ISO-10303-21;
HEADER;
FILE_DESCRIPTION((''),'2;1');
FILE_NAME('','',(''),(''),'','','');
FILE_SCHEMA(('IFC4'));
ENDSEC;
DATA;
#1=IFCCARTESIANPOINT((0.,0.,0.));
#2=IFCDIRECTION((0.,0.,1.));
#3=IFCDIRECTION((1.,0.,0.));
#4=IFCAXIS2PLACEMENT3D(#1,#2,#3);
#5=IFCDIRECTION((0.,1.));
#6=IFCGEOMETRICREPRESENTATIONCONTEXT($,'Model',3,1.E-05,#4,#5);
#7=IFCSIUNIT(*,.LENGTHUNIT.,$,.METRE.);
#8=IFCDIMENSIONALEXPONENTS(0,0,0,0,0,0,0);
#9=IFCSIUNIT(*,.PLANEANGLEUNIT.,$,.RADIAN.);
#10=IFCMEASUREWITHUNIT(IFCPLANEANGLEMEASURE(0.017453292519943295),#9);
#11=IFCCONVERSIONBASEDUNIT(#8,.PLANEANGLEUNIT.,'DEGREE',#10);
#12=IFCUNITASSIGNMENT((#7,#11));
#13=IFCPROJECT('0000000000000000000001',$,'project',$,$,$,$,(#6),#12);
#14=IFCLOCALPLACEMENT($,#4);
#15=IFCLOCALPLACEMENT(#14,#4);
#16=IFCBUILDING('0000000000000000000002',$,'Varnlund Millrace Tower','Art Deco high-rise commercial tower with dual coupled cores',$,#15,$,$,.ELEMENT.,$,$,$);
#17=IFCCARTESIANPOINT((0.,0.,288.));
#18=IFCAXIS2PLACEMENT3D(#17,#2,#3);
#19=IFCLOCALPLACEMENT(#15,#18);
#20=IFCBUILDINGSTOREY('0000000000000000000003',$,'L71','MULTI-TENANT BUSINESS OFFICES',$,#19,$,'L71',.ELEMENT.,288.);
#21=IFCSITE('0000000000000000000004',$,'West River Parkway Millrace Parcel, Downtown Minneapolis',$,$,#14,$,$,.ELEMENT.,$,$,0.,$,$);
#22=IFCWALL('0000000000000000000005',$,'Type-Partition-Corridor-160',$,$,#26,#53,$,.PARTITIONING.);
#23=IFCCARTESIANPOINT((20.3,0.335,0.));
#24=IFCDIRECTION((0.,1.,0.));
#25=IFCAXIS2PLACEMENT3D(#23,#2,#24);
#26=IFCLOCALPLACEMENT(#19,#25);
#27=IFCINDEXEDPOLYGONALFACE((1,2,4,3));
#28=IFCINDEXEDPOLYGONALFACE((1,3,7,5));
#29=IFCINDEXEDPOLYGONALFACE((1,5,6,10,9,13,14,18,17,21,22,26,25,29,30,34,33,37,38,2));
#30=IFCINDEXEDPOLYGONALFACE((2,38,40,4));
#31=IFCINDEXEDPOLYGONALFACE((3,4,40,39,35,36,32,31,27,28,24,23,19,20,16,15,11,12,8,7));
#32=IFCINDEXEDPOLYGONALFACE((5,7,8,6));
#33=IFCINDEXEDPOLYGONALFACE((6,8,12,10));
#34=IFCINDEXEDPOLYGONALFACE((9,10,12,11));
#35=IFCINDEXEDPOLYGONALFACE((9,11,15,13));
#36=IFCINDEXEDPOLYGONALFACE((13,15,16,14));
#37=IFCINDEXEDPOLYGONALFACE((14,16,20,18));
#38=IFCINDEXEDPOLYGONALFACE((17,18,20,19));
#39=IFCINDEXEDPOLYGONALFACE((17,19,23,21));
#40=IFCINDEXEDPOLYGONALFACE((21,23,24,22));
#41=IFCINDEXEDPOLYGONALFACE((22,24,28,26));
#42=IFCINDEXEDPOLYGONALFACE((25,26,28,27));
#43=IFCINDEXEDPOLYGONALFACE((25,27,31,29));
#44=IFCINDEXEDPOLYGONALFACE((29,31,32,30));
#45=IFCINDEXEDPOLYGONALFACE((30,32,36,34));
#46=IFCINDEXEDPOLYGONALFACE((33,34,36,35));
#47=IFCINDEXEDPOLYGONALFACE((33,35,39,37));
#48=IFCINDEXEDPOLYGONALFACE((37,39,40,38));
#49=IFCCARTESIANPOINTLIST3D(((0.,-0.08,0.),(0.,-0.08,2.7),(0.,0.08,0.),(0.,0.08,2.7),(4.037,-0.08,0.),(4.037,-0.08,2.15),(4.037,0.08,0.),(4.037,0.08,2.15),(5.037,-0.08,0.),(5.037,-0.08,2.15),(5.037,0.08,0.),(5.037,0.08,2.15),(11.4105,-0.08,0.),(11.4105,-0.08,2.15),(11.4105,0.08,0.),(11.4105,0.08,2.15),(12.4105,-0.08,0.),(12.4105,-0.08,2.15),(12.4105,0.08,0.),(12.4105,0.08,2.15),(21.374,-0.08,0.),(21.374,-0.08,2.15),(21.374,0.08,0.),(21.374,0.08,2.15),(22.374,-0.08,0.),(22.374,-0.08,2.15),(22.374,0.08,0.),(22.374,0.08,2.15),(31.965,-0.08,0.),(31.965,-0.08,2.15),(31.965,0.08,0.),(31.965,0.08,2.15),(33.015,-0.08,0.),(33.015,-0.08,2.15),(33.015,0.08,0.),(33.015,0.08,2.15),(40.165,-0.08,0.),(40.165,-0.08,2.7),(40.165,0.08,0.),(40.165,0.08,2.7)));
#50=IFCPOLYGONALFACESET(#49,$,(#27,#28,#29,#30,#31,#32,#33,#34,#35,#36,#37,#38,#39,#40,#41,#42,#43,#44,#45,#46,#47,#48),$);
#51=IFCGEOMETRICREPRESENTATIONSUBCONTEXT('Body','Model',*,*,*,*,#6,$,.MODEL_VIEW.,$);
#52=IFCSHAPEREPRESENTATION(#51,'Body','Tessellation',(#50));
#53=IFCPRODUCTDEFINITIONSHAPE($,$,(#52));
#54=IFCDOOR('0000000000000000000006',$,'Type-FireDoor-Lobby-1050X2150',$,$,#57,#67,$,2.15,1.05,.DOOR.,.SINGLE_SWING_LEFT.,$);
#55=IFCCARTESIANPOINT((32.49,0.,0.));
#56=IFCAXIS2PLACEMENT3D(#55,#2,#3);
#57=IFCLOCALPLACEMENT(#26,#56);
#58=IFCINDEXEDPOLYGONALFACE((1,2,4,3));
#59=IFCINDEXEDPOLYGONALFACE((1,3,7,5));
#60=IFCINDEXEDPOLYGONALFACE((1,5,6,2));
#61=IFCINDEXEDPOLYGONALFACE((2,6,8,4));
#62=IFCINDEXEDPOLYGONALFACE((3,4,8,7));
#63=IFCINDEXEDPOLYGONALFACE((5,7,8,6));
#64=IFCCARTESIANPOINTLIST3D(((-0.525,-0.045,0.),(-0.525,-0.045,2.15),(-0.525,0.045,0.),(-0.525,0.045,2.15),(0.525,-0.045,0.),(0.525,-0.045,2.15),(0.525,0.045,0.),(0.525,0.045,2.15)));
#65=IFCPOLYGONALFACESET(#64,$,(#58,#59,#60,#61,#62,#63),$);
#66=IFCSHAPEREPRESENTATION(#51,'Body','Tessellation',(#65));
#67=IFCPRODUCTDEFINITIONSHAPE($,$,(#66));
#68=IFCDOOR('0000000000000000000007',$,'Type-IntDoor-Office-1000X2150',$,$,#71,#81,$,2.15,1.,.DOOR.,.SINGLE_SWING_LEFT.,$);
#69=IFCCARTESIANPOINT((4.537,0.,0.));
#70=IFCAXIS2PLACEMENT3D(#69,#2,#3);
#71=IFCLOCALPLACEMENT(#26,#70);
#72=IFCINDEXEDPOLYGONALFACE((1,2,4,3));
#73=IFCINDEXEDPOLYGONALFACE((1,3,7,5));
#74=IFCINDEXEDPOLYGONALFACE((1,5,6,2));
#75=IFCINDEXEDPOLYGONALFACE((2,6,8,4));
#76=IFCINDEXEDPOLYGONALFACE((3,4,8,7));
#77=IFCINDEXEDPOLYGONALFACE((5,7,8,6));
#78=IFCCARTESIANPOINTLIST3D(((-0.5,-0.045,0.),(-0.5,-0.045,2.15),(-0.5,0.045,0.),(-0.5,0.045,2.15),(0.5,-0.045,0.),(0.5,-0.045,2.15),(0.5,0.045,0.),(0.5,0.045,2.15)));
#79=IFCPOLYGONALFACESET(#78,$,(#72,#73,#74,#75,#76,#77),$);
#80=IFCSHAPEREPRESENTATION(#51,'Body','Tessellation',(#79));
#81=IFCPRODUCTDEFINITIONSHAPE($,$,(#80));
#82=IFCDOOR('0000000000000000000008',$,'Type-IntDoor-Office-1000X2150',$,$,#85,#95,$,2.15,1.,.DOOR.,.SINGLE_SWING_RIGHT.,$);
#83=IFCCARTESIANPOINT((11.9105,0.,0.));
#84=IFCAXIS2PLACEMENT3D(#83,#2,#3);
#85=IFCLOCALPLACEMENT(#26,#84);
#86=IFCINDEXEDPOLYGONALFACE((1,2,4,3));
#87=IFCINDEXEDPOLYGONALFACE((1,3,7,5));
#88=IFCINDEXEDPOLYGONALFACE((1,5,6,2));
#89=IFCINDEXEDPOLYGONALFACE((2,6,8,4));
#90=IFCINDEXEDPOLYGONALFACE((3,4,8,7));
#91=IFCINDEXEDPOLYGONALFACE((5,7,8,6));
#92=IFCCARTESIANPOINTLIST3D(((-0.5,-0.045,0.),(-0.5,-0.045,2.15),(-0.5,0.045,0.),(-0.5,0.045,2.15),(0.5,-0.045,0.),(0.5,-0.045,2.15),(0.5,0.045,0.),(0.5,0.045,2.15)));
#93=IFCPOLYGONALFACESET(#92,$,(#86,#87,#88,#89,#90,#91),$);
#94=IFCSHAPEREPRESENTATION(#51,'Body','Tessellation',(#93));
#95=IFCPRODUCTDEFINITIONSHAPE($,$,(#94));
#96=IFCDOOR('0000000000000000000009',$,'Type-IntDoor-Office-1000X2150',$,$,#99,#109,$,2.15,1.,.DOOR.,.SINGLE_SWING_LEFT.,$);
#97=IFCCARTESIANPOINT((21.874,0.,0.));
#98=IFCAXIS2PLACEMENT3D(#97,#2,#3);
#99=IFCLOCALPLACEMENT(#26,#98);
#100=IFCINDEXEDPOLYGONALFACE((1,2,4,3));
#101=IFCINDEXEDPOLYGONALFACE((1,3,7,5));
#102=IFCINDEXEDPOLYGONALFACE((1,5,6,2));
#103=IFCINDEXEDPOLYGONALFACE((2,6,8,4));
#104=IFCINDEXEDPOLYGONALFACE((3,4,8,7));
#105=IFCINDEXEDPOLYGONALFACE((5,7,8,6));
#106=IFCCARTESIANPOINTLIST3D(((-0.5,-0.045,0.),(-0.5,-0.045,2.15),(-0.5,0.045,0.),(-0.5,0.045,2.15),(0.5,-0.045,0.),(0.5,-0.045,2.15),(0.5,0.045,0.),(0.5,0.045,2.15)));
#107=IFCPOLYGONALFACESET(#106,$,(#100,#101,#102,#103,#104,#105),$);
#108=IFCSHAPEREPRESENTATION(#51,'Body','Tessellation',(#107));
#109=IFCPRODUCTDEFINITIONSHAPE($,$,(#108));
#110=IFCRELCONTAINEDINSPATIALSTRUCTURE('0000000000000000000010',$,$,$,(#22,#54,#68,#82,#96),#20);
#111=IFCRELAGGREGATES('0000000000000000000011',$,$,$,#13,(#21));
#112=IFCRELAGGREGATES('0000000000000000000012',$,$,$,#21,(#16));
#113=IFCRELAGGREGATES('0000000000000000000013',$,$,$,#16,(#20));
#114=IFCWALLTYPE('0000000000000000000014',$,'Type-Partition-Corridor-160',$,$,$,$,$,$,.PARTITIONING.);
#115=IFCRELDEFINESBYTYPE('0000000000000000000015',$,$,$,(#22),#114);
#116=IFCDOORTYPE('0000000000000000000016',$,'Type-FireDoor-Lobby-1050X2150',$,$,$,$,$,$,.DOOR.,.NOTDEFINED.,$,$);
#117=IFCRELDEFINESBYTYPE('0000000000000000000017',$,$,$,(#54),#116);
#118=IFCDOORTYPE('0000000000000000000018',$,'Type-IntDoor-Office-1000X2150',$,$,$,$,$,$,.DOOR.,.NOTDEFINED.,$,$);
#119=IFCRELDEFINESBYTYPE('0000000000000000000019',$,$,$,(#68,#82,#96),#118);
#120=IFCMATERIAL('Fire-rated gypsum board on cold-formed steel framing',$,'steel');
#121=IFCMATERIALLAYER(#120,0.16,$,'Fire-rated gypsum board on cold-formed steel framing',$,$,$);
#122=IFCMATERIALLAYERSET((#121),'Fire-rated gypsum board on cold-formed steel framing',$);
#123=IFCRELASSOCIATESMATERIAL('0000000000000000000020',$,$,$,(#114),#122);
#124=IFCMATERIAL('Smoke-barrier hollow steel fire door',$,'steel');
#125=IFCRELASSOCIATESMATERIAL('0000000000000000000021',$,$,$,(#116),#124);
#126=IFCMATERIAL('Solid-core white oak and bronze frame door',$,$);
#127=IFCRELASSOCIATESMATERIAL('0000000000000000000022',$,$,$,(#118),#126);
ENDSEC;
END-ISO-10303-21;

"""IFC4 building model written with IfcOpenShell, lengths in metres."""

from ifc_helpers import new_model, entity, si_unit, converted_unit, direction, frame, origin_with_axes, origin_2d_with_axis, place, context, subcontext, project, spatial, polyline, rectangle, outline, extrude, material, layer, layer_set, type_object, element, fill, save


model = new_model("IFC4")

# Units and contexts
model_context = context("Model", 3, precision=1e-05, world=origin_with_axes(), true_north=direction((0.0, 1.0)))
body_context = subcontext(model_context, "Body", "Model", "MODEL_VIEW")
ifc_project = project(units=[si_unit("LENGTHUNIT", "METRE"), converted_unit("PLANEANGLEUNIT", "DEGREE", entity("IfcPlaneAngleMeasure", 0.017453292519943295), si_unit("PLANEANGLEUNIT", "RADIAN"), dimensions=[0, 0, 0, 0, 0, 0, 0])], contexts=[model_context])

# Site, building, storey
site_placement = place(None, origin_with_axes())
site = spatial("IfcSite", under=ifc_project, at=site_placement, Name="West River Parkway Millrace Parcel, Downtown Minneapolis", CompositionType="ELEMENT", RefElevation=0.0)
building_placement = place(site_placement, origin_with_axes())
building = spatial("IfcBuilding", under=site, at=building_placement, Name="Varnlund Millrace Tower", Description="Art Deco high-rise commercial tower with dual coupled cores", CompositionType="ELEMENT")
storey_placement = place(building_placement, frame((0.0, 0.0, 288.0), z_axis=(0.0, 0.0, 1.0), x_axis=(1.0, 0.0, 0.0)))
storey = spatial("IfcBuildingStorey", under=building, at=storey_placement, Name="L71", Description="MULTI-TENANT BUSINESS OFFICES", LongName="L71", CompositionType="ELEMENT", Elevation=288.0)

# Shared definitions
ifc_material_1 = material(Name="Fire-rated gypsum board on cold-formed steel framing", Category="steel")
ifc_layer_1 = layer(ifc_material_1, 0.16, Name="Fire-rated gypsum board on cold-formed steel framing")
ifc_layer_set_1 = layer_set([ifc_layer_1], Name="Fire-rated gypsum board on cold-formed steel framing")
wall_type_1 = type_object("IfcWallType", Name="Type-Partition-Corridor-160", PredefinedType="PARTITIONING", material=ifc_layer_set_1)

# Wall, openings, doors
wall_1_placement = place(storey_placement, frame((20.3, 0.335, 0.0), z_axis=(0.0, 0.0, 1.0), x_axis=(0.0, 1.0, 0.0)))
wall_1 = element("IfcWall", 1, at=wall_1_placement, inside=storey, type_object=wall_type_1, Name="Type-Partition-Corridor-160", PredefinedType="PARTITIONING", context=body_context, shape_type="SweptSolid", body=[
    extrude(outline(polyline([(0.0, -0.08), (40.165, -0.08), (40.165, 0.08), (0.0, 0.08), (0.0, -0.08)])), origin_with_axes(), (0.0, 0.0, 1.0), 2.7),
])
opening_1_placement = place(wall_1_placement, frame((32.49, 0.0, 0.0), z_axis=(0.0, 0.0, 1.0), x_axis=(1.0, 0.0, 0.0)))
opening_1 = element("IfcOpeningElement", 2, at=opening_1_placement, cuts=wall_1, PredefinedType="OPENING", context=body_context, shape_type="SweptSolid", body=[
    extrude(rectangle(XDim=1.05, YDim=0.18, at=origin_2d_with_axis()), origin_with_axes(), (0.0, 0.0, 1.0), 2.15),
])
opening_2_placement = place(wall_1_placement, frame((4.537, 0.0, 0.0), z_axis=(0.0, 0.0, 1.0), x_axis=(1.0, 0.0, 0.0)))
opening_2 = element("IfcOpeningElement", 3, at=opening_2_placement, cuts=wall_1, PredefinedType="OPENING", context=body_context, shape_type="SweptSolid", body=[
    extrude(rectangle(XDim=1.0, YDim=0.18, at=origin_2d_with_axis()), origin_with_axes(), (0.0, 0.0, 1.0), 2.15),
])
opening_3_placement = place(wall_1_placement, frame((11.9105, 0.0, 0.0), z_axis=(0.0, 0.0, 1.0), x_axis=(1.0, 0.0, 0.0)))
opening_3 = element("IfcOpeningElement", 4, at=opening_3_placement, cuts=wall_1, PredefinedType="OPENING", context=body_context, shape_type="SweptSolid", body=[
    extrude(rectangle(XDim=1.0, YDim=0.18, at=origin_2d_with_axis()), origin_with_axes(), (0.0, 0.0, 1.0), 2.15),
])
opening_4_placement = place(wall_1_placement, frame((21.874, 0.0, 0.0), z_axis=(0.0, 0.0, 1.0), x_axis=(1.0, 0.0, 0.0)))
opening_4 = element("IfcOpeningElement", 5, at=opening_4_placement, cuts=wall_1, PredefinedType="OPENING", context=body_context, shape_type="SweptSolid", body=[
    extrude(rectangle(XDim=1.0, YDim=0.18, at=origin_2d_with_axis()), origin_with_axes(), (0.0, 0.0, 1.0), 2.15),
])
ifc_material_2 = material(Name="Smoke-barrier hollow steel fire door", Category="steel")
door_type_1 = type_object("IfcDoorType", Name="Type-FireDoor-Lobby-1050X2150", OperationType="NOTDEFINED", PredefinedType="DOOR", material=ifc_material_2)
door_1_placement = place(wall_1_placement, frame((32.49, 0.0, 0.0), z_axis=(0.0, 0.0, 1.0), x_axis=(1.0, 0.0, 0.0)))
door_1 = element("IfcDoor", 6, at=door_1_placement, inside=storey, type_object=door_type_1, Name="Type-FireDoor-Lobby-1050X2150", OperationType="SINGLE_SWING_LEFT", OverallHeight=2.15, OverallWidth=1.05, PredefinedType="DOOR", context=body_context, shape_type="SweptSolid", body=[
    extrude(rectangle(XDim=1.05, YDim=0.09, at=origin_2d_with_axis()), origin_with_axes(), (0.0, 0.0, 1.0), 2.15),
])
fill(opening_1, door_1)
ifc_material_3 = material(Name="Solid-core white oak and bronze frame door")
door_type_2 = type_object("IfcDoorType", Name="Type-IntDoor-Office-1000X2150", OperationType="NOTDEFINED", PredefinedType="DOOR", material=ifc_material_3)
door_2_placement = place(wall_1_placement, frame((4.537, 0.0, 0.0), z_axis=(0.0, 0.0, 1.0), x_axis=(1.0, 0.0, 0.0)))
door_2 = element("IfcDoor", 7, at=door_2_placement, inside=storey, type_object=door_type_2, Name="Type-IntDoor-Office-1000X2150", OperationType="SINGLE_SWING_LEFT", OverallHeight=2.15, OverallWidth=1.0, PredefinedType="DOOR", context=body_context, shape_type="SweptSolid", body=[
    extrude(rectangle(XDim=1.0, YDim=0.09, at=origin_2d_with_axis()), origin_with_axes(), (0.0, 0.0, 1.0), 2.15),
])
fill(opening_2, door_2)
door_3_placement = place(wall_1_placement, frame((11.9105, 0.0, 0.0), z_axis=(0.0, 0.0, 1.0), x_axis=(1.0, 0.0, 0.0)))
door_3 = element("IfcDoor", 8, at=door_3_placement, inside=storey, type_object=door_type_2, Name="Type-IntDoor-Office-1000X2150", OperationType="SINGLE_SWING_RIGHT", OverallHeight=2.15, OverallWidth=1.0, PredefinedType="DOOR", context=body_context, shape_type="SweptSolid", body=[
    extrude(rectangle(XDim=1.0, YDim=0.09, at=origin_2d_with_axis()), origin_with_axes(), (0.0, 0.0, 1.0), 2.15),
])
fill(opening_3, door_3)
door_4_placement = place(wall_1_placement, frame((21.874, 0.0, 0.0), z_axis=(0.0, 0.0, 1.0), x_axis=(1.0, 0.0, 0.0)))
door_4 = element("IfcDoor", 9, at=door_4_placement, inside=storey, type_object=door_type_2, Name="Type-IntDoor-Office-1000X2150", OperationType="SINGLE_SWING_LEFT", OverallHeight=2.15, OverallWidth=1.0, PredefinedType="DOOR", context=body_context, shape_type="SweptSolid", body=[
    extrude(rectangle(XDim=1.0, YDim=0.09, at=origin_2d_with_axis()), origin_with_axes(), (0.0, 0.0, 1.0), 2.15),
])
fill(opening_4, door_4)

save(model, "model.ifc")
